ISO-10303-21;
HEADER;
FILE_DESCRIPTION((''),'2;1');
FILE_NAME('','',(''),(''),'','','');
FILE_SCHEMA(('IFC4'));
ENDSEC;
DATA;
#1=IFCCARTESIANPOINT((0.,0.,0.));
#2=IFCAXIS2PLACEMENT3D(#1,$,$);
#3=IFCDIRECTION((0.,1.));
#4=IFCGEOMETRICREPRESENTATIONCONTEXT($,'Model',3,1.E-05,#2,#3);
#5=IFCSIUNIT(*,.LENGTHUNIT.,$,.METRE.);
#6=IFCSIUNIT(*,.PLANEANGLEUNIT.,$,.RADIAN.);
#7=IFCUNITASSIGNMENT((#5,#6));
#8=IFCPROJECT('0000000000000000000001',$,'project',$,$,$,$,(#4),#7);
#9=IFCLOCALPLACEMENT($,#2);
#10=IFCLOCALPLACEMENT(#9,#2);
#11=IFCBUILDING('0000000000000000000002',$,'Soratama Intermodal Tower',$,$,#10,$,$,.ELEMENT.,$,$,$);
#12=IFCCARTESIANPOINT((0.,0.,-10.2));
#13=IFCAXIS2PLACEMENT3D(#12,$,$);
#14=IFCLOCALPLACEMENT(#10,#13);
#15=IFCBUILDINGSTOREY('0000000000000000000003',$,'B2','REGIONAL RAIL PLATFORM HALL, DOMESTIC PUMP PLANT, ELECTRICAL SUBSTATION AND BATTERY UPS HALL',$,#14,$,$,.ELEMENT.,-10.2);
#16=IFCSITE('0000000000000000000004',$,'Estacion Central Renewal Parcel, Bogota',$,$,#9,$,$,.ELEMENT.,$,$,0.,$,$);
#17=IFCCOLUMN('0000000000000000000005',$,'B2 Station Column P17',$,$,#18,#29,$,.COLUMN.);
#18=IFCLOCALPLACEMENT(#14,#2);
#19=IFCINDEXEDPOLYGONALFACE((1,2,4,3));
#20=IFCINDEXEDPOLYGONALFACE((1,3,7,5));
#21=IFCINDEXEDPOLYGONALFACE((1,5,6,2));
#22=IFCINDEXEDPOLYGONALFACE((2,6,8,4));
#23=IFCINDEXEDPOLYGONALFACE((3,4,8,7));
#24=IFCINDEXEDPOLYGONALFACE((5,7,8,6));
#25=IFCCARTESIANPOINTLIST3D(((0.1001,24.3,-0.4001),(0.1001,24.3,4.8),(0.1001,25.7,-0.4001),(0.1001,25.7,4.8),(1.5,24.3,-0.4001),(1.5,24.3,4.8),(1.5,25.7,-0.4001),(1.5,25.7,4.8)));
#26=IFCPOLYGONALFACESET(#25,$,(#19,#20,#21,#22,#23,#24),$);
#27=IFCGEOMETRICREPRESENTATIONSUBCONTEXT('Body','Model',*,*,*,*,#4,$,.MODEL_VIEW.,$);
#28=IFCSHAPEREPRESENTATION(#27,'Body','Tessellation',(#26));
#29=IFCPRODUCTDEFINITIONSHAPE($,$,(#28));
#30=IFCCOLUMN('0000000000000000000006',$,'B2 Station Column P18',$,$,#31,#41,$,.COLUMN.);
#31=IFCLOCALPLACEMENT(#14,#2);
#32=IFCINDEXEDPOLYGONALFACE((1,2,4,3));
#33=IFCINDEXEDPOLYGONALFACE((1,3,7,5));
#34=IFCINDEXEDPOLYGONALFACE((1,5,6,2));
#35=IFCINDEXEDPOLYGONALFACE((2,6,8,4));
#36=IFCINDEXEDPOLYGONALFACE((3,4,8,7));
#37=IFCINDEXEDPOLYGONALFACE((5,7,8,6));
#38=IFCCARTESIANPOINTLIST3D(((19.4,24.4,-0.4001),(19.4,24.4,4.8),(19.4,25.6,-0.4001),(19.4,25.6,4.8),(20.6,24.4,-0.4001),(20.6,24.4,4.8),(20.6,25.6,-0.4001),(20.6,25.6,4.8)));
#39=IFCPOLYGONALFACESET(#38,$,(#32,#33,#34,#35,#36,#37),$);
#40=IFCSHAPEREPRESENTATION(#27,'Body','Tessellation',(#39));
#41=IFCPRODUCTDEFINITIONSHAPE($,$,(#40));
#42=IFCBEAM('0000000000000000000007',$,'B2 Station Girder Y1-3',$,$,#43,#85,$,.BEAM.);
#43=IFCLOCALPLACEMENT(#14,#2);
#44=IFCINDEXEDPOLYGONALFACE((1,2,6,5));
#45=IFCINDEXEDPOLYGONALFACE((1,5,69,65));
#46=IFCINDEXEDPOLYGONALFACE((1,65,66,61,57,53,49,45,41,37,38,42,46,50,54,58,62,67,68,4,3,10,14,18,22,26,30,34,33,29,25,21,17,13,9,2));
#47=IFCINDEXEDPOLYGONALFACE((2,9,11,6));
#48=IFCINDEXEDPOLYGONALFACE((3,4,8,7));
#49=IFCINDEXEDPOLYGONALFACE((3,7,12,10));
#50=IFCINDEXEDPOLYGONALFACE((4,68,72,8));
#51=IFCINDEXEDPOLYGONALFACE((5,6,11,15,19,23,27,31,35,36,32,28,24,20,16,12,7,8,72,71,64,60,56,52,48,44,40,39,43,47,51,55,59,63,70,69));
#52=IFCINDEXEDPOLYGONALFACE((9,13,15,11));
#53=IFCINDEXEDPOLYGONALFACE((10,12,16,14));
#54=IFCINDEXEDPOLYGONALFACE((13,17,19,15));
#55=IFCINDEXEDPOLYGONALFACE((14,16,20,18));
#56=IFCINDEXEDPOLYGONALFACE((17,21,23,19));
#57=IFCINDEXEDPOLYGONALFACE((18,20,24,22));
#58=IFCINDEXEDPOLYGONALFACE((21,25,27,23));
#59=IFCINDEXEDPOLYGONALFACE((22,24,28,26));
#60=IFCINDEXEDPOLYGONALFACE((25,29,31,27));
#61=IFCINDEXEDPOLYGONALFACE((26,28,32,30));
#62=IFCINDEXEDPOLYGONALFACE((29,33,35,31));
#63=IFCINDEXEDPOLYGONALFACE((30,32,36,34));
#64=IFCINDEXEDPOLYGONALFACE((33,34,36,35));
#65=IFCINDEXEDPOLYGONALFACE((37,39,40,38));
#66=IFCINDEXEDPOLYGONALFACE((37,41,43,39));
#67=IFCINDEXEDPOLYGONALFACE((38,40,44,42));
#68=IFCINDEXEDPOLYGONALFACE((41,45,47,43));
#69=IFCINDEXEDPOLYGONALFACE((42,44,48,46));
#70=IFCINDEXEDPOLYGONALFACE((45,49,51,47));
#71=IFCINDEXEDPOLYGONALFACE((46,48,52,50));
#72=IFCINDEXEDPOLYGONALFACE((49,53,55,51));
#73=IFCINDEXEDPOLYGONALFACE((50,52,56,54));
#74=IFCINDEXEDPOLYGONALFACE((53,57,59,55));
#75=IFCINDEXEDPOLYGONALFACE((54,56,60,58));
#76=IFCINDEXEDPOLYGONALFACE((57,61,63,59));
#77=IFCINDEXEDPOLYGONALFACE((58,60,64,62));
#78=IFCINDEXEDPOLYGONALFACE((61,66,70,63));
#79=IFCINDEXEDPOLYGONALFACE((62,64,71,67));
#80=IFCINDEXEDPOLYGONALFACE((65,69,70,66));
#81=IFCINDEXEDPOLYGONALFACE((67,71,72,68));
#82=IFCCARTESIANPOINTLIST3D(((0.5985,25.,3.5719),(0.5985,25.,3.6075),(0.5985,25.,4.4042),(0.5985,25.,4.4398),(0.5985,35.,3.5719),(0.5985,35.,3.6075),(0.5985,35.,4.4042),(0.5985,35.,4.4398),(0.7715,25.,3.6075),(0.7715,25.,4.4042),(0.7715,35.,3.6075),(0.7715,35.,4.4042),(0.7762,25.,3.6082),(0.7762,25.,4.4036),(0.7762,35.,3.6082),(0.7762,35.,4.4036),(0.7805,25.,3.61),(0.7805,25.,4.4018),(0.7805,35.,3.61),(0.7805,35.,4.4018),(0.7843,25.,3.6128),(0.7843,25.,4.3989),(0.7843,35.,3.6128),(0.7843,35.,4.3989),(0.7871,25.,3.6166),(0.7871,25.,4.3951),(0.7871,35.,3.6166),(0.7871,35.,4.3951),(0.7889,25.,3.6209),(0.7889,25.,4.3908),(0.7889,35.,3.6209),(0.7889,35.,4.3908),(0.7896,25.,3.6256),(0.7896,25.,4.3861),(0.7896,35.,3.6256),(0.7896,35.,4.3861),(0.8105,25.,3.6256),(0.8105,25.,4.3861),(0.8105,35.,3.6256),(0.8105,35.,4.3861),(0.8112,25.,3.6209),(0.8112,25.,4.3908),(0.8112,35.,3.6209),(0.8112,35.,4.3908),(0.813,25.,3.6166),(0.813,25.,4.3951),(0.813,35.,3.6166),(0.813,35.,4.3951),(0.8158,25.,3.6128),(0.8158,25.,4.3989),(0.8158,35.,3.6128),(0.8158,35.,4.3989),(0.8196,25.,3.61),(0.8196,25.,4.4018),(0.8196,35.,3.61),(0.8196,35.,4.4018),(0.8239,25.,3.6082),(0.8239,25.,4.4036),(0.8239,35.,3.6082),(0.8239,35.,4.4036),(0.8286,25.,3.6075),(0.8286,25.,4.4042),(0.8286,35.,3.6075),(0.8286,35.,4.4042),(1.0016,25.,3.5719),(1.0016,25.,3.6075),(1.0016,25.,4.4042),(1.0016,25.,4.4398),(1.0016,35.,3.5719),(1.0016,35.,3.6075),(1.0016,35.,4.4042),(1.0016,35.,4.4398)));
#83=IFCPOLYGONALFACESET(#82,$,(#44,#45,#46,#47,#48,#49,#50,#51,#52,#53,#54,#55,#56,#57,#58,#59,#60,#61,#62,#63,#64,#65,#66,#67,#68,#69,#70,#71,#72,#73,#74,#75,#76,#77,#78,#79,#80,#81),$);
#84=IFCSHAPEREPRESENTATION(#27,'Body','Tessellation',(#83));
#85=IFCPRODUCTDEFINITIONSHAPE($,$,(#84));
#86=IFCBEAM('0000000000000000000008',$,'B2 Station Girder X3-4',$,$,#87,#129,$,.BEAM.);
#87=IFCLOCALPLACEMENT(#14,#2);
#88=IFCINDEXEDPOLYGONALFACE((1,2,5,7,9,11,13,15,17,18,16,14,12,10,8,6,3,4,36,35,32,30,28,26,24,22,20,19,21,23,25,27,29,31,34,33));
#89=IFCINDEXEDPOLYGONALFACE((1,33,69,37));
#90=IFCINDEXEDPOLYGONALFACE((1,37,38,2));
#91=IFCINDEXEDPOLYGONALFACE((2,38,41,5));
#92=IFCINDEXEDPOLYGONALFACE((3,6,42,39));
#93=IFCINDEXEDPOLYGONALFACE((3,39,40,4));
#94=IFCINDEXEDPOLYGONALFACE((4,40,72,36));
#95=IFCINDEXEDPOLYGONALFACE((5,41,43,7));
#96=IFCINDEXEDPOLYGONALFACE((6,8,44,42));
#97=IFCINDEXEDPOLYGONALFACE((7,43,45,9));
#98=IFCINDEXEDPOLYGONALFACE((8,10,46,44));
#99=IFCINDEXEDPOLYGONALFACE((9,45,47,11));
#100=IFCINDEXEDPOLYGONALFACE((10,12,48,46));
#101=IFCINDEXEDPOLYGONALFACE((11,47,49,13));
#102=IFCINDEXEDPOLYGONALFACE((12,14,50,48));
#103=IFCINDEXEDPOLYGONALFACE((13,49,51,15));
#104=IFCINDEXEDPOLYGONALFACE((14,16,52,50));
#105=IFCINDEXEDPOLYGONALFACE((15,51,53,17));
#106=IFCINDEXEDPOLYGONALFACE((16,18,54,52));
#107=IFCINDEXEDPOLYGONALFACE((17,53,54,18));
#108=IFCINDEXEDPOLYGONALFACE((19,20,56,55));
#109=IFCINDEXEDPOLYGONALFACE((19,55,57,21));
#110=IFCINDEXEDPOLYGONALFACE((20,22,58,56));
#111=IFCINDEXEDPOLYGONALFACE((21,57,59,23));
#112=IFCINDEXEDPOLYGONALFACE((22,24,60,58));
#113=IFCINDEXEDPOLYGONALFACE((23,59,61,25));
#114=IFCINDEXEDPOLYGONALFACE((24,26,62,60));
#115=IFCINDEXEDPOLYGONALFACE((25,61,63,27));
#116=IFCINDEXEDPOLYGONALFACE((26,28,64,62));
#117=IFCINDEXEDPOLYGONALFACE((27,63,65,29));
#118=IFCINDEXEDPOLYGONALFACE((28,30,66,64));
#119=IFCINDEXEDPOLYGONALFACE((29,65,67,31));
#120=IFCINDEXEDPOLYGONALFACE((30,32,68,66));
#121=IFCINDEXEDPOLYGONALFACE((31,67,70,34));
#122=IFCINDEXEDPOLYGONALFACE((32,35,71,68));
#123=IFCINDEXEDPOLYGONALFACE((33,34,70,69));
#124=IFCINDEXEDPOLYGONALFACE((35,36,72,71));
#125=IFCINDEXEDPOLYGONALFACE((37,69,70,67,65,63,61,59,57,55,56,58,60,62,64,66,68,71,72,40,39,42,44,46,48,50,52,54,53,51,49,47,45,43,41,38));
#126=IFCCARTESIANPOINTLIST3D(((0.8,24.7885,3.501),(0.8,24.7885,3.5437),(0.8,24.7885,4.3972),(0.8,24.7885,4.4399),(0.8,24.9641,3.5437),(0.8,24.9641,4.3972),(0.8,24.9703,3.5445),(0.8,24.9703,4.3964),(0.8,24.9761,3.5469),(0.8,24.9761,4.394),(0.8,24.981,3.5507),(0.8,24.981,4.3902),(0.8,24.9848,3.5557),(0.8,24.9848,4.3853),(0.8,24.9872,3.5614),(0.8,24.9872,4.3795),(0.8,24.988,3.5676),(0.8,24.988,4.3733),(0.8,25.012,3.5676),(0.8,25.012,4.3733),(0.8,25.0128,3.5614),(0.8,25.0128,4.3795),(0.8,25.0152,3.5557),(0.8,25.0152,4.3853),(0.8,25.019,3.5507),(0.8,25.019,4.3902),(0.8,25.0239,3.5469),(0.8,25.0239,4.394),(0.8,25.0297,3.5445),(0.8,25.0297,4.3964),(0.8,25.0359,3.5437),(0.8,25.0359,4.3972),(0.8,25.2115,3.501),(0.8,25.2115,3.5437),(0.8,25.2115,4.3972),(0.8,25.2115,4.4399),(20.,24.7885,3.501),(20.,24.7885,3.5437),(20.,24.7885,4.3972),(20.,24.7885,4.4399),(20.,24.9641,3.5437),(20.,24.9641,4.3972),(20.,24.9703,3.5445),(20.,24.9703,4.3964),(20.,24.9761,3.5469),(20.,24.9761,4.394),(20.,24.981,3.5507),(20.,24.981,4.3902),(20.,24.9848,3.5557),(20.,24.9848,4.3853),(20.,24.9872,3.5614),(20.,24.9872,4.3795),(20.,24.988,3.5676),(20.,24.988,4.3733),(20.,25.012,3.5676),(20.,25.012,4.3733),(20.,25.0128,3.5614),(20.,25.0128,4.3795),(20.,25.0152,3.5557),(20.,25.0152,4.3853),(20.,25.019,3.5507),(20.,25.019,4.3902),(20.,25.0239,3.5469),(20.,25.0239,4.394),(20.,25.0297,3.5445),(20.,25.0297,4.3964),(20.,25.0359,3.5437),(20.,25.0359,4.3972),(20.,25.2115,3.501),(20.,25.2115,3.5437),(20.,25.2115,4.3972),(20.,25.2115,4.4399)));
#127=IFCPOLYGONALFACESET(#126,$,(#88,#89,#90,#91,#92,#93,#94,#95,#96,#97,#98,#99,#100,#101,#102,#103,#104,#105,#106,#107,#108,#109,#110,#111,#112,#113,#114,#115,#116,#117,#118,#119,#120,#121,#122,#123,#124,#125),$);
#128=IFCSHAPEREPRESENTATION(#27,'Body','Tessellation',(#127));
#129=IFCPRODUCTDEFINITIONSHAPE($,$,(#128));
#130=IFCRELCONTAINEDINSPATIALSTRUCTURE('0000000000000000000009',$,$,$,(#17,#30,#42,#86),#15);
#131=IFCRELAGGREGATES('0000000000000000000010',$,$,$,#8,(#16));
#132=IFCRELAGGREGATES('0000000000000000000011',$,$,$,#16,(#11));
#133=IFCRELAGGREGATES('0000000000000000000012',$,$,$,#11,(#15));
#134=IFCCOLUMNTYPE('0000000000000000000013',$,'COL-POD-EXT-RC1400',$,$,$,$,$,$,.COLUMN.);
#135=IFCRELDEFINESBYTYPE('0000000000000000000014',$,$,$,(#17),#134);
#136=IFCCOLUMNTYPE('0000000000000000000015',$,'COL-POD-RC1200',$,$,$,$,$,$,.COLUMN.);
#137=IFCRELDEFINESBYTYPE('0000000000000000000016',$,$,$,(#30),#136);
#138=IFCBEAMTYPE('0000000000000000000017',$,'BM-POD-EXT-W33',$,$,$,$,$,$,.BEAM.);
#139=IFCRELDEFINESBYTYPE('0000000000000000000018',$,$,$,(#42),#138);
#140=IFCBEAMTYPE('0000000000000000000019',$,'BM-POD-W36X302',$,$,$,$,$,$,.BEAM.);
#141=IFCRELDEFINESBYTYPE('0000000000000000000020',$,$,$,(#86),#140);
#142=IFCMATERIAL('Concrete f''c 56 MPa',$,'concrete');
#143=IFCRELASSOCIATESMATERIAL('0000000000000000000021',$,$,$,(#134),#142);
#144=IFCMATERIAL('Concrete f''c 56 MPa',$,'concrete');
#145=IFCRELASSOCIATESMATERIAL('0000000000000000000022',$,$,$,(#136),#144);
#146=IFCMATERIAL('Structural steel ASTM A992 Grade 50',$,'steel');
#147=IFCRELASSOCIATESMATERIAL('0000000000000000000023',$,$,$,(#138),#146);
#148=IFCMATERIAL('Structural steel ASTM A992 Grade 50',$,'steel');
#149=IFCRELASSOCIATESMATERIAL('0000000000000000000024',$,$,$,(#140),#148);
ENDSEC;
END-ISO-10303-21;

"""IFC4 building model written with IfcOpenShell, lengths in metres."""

from ifc_helpers import new_model, si_unit, direction, frame, origin, origin_2d, place, context, subcontext, project, spatial, rectangle, i_section, extrude, material, material_profile, profile_set, type_object, element, save


model = new_model("IFC4")

# Units and contexts
model_context = context("Model", 3, precision=1e-05, world=origin(), true_north=direction((0.0, 1.0)))
body_context = subcontext(model_context, "Body", "Model", "MODEL_VIEW")
ifc_project = project(units=[si_unit("LENGTHUNIT", "METRE"), si_unit("PLANEANGLEUNIT", "RADIAN")], contexts=[model_context])

# Site, building, storey
site_placement = place(None, origin())
site = spatial("IfcSite", under=ifc_project, at=site_placement, Name="Estacion Central Renewal Parcel, Bogota", CompositionType="ELEMENT", RefElevation=0.0)
building_placement = place(site_placement, origin())
building = spatial("IfcBuilding", under=site, at=building_placement, Name="Soratama Intermodal Tower", CompositionType="ELEMENT")
storey_placement = place(building_placement, frame((0.0, 0.0, -10.2)))
storey = spatial("IfcBuildingStorey", under=building, at=storey_placement, Name="B2", Description="REGIONAL RAIL PLATFORM HALL, DOMESTIC PUMP PLANT, ELECTRICAL SUBSTATION AND BATTERY UPS HALL", CompositionType="ELEMENT", Elevation=-10.2)

# Columns
ifc_material_1 = material(Name="Concrete f'c 56 MPa", Category="concrete")
ifc_material_profile_1 = material_profile(ifc_material_1, rectangle(XDim=1.3999, YDim=1.3999, at=origin_2d()), Name="RC1400X1400")
ifc_profile_set_1 = profile_set([ifc_material_profile_1], Name="Concrete f'c 56 MPa")
column_type_1 = type_object("IfcColumnType", Name="COL-POD-EXT-RC1400", PredefinedType="COLUMN", material=ifc_profile_set_1)
column_1_placement = place(storey_placement, frame((0.8, 25.0, -0.4001), z_axis=(0.0, 0.0, 1.0), x_axis=(1.0, 0.0, 0.0)))
element("IfcColumn", 1, at=column_1_placement, inside=storey, type_object=column_type_1, Name="B2 Station Column P17", PredefinedType="COLUMN", context=body_context, shape_type="SweptSolid", body=[
    extrude(rectangle(XDim=1.3999, YDim=1.3999, at=origin_2d()), origin(), (0.0, 0.0, 1.0), 5.2002),
])
ifc_material_2 = material(Name="Concrete f'c 56 MPa", Category="concrete")
ifc_material_profile_2 = material_profile(ifc_material_2, rectangle(XDim=1.2, YDim=1.2, at=origin_2d()), Name="RC1200X1200")
ifc_profile_set_2 = profile_set([ifc_material_profile_2], Name="Concrete f'c 56 MPa")
column_type_2 = type_object("IfcColumnType", Name="COL-POD-RC1200", PredefinedType="COLUMN", material=ifc_profile_set_2)
column_2_placement = place(storey_placement, frame((20.0, 25.0, -0.4001), z_axis=(0.0, 0.0, 1.0), x_axis=(1.0, 0.0, 0.0)))
element("IfcColumn", 2, at=column_2_placement, inside=storey, type_object=column_type_2, Name="B2 Station Column P18", PredefinedType="COLUMN", context=body_context, shape_type="SweptSolid", body=[
    extrude(rectangle(XDim=1.2, YDim=1.2, at=origin_2d()), origin(), (0.0, 0.0, 1.0), 5.2002),
])

# Beams
ifc_material_3 = material(Name="Structural steel ASTM A992 Grade 50", Category="steel")
ifc_material_profile_3 = material_profile(ifc_material_3, i_section(OverallWidth=0.4031, OverallDepth=0.8679, WebThickness=0.021, FlangeThickness=0.0356, FilletRadius=0.0181, at=origin_2d()), Name="W33X241")
ifc_profile_set_3 = profile_set([ifc_material_profile_3], Name="Structural steel ASTM A992 Grade 50")
beam_type_1 = type_object("IfcBeamType", Name="BM-POD-EXT-W33", PredefinedType="BEAM", material=ifc_profile_set_3)
beam_1_placement = place(storey_placement, frame((0.8, 25.0, 4.0059), z_axis=(0.0, 1.0, 0.0), x_axis=(-1.0, 0.0, 0.0)))
element("IfcBeam", 3, at=beam_1_placement, inside=storey, type_object=beam_type_1, Name="B2 Station Girder Y1-3", PredefinedType="BEAM", context=body_context, shape_type="SweptSolid", body=[
    extrude(i_section(OverallWidth=0.4031, OverallDepth=0.8679, WebThickness=0.021, FlangeThickness=0.0356, FilletRadius=0.0181, at=origin_2d()), origin(), (0.0, 0.0, 1.0), 10.0),
])
ifc_material_4 = material(Name="Structural steel ASTM A992 Grade 50", Category="steel")
ifc_material_profile_4 = material_profile(ifc_material_4, i_section(OverallWidth=0.4231, OverallDepth=0.939, WebThickness=0.0239, FlangeThickness=0.0427, FilletRadius=0.0239, at=origin_2d()), Name="W36X302")
ifc_profile_set_4 = profile_set([ifc_material_profile_4], Name="Structural steel ASTM A992 Grade 50")
beam_type_2 = type_object("IfcBeamType", Name="BM-POD-W36X302", PredefinedType="BEAM", material=ifc_profile_set_4)
beam_2_placement = place(storey_placement, frame((0.8, 25.0, 3.9705), z_axis=(1.0, 0.0, 0.0), x_axis=(0.0, 1.0, 0.0)))
element("IfcBeam", 4, at=beam_2_placement, inside=storey, type_object=beam_type_2, Name="B2 Station Girder X3-4", PredefinedType="BEAM", context=body_context, shape_type="SweptSolid", body=[
    extrude(i_section(OverallWidth=0.4231, OverallDepth=0.939, WebThickness=0.0239, FlangeThickness=0.0427, FilletRadius=0.0239, at=origin_2d()), origin(), (0.0, 0.0, 1.0), 19.2),
])

save(model, "model.ifc")
